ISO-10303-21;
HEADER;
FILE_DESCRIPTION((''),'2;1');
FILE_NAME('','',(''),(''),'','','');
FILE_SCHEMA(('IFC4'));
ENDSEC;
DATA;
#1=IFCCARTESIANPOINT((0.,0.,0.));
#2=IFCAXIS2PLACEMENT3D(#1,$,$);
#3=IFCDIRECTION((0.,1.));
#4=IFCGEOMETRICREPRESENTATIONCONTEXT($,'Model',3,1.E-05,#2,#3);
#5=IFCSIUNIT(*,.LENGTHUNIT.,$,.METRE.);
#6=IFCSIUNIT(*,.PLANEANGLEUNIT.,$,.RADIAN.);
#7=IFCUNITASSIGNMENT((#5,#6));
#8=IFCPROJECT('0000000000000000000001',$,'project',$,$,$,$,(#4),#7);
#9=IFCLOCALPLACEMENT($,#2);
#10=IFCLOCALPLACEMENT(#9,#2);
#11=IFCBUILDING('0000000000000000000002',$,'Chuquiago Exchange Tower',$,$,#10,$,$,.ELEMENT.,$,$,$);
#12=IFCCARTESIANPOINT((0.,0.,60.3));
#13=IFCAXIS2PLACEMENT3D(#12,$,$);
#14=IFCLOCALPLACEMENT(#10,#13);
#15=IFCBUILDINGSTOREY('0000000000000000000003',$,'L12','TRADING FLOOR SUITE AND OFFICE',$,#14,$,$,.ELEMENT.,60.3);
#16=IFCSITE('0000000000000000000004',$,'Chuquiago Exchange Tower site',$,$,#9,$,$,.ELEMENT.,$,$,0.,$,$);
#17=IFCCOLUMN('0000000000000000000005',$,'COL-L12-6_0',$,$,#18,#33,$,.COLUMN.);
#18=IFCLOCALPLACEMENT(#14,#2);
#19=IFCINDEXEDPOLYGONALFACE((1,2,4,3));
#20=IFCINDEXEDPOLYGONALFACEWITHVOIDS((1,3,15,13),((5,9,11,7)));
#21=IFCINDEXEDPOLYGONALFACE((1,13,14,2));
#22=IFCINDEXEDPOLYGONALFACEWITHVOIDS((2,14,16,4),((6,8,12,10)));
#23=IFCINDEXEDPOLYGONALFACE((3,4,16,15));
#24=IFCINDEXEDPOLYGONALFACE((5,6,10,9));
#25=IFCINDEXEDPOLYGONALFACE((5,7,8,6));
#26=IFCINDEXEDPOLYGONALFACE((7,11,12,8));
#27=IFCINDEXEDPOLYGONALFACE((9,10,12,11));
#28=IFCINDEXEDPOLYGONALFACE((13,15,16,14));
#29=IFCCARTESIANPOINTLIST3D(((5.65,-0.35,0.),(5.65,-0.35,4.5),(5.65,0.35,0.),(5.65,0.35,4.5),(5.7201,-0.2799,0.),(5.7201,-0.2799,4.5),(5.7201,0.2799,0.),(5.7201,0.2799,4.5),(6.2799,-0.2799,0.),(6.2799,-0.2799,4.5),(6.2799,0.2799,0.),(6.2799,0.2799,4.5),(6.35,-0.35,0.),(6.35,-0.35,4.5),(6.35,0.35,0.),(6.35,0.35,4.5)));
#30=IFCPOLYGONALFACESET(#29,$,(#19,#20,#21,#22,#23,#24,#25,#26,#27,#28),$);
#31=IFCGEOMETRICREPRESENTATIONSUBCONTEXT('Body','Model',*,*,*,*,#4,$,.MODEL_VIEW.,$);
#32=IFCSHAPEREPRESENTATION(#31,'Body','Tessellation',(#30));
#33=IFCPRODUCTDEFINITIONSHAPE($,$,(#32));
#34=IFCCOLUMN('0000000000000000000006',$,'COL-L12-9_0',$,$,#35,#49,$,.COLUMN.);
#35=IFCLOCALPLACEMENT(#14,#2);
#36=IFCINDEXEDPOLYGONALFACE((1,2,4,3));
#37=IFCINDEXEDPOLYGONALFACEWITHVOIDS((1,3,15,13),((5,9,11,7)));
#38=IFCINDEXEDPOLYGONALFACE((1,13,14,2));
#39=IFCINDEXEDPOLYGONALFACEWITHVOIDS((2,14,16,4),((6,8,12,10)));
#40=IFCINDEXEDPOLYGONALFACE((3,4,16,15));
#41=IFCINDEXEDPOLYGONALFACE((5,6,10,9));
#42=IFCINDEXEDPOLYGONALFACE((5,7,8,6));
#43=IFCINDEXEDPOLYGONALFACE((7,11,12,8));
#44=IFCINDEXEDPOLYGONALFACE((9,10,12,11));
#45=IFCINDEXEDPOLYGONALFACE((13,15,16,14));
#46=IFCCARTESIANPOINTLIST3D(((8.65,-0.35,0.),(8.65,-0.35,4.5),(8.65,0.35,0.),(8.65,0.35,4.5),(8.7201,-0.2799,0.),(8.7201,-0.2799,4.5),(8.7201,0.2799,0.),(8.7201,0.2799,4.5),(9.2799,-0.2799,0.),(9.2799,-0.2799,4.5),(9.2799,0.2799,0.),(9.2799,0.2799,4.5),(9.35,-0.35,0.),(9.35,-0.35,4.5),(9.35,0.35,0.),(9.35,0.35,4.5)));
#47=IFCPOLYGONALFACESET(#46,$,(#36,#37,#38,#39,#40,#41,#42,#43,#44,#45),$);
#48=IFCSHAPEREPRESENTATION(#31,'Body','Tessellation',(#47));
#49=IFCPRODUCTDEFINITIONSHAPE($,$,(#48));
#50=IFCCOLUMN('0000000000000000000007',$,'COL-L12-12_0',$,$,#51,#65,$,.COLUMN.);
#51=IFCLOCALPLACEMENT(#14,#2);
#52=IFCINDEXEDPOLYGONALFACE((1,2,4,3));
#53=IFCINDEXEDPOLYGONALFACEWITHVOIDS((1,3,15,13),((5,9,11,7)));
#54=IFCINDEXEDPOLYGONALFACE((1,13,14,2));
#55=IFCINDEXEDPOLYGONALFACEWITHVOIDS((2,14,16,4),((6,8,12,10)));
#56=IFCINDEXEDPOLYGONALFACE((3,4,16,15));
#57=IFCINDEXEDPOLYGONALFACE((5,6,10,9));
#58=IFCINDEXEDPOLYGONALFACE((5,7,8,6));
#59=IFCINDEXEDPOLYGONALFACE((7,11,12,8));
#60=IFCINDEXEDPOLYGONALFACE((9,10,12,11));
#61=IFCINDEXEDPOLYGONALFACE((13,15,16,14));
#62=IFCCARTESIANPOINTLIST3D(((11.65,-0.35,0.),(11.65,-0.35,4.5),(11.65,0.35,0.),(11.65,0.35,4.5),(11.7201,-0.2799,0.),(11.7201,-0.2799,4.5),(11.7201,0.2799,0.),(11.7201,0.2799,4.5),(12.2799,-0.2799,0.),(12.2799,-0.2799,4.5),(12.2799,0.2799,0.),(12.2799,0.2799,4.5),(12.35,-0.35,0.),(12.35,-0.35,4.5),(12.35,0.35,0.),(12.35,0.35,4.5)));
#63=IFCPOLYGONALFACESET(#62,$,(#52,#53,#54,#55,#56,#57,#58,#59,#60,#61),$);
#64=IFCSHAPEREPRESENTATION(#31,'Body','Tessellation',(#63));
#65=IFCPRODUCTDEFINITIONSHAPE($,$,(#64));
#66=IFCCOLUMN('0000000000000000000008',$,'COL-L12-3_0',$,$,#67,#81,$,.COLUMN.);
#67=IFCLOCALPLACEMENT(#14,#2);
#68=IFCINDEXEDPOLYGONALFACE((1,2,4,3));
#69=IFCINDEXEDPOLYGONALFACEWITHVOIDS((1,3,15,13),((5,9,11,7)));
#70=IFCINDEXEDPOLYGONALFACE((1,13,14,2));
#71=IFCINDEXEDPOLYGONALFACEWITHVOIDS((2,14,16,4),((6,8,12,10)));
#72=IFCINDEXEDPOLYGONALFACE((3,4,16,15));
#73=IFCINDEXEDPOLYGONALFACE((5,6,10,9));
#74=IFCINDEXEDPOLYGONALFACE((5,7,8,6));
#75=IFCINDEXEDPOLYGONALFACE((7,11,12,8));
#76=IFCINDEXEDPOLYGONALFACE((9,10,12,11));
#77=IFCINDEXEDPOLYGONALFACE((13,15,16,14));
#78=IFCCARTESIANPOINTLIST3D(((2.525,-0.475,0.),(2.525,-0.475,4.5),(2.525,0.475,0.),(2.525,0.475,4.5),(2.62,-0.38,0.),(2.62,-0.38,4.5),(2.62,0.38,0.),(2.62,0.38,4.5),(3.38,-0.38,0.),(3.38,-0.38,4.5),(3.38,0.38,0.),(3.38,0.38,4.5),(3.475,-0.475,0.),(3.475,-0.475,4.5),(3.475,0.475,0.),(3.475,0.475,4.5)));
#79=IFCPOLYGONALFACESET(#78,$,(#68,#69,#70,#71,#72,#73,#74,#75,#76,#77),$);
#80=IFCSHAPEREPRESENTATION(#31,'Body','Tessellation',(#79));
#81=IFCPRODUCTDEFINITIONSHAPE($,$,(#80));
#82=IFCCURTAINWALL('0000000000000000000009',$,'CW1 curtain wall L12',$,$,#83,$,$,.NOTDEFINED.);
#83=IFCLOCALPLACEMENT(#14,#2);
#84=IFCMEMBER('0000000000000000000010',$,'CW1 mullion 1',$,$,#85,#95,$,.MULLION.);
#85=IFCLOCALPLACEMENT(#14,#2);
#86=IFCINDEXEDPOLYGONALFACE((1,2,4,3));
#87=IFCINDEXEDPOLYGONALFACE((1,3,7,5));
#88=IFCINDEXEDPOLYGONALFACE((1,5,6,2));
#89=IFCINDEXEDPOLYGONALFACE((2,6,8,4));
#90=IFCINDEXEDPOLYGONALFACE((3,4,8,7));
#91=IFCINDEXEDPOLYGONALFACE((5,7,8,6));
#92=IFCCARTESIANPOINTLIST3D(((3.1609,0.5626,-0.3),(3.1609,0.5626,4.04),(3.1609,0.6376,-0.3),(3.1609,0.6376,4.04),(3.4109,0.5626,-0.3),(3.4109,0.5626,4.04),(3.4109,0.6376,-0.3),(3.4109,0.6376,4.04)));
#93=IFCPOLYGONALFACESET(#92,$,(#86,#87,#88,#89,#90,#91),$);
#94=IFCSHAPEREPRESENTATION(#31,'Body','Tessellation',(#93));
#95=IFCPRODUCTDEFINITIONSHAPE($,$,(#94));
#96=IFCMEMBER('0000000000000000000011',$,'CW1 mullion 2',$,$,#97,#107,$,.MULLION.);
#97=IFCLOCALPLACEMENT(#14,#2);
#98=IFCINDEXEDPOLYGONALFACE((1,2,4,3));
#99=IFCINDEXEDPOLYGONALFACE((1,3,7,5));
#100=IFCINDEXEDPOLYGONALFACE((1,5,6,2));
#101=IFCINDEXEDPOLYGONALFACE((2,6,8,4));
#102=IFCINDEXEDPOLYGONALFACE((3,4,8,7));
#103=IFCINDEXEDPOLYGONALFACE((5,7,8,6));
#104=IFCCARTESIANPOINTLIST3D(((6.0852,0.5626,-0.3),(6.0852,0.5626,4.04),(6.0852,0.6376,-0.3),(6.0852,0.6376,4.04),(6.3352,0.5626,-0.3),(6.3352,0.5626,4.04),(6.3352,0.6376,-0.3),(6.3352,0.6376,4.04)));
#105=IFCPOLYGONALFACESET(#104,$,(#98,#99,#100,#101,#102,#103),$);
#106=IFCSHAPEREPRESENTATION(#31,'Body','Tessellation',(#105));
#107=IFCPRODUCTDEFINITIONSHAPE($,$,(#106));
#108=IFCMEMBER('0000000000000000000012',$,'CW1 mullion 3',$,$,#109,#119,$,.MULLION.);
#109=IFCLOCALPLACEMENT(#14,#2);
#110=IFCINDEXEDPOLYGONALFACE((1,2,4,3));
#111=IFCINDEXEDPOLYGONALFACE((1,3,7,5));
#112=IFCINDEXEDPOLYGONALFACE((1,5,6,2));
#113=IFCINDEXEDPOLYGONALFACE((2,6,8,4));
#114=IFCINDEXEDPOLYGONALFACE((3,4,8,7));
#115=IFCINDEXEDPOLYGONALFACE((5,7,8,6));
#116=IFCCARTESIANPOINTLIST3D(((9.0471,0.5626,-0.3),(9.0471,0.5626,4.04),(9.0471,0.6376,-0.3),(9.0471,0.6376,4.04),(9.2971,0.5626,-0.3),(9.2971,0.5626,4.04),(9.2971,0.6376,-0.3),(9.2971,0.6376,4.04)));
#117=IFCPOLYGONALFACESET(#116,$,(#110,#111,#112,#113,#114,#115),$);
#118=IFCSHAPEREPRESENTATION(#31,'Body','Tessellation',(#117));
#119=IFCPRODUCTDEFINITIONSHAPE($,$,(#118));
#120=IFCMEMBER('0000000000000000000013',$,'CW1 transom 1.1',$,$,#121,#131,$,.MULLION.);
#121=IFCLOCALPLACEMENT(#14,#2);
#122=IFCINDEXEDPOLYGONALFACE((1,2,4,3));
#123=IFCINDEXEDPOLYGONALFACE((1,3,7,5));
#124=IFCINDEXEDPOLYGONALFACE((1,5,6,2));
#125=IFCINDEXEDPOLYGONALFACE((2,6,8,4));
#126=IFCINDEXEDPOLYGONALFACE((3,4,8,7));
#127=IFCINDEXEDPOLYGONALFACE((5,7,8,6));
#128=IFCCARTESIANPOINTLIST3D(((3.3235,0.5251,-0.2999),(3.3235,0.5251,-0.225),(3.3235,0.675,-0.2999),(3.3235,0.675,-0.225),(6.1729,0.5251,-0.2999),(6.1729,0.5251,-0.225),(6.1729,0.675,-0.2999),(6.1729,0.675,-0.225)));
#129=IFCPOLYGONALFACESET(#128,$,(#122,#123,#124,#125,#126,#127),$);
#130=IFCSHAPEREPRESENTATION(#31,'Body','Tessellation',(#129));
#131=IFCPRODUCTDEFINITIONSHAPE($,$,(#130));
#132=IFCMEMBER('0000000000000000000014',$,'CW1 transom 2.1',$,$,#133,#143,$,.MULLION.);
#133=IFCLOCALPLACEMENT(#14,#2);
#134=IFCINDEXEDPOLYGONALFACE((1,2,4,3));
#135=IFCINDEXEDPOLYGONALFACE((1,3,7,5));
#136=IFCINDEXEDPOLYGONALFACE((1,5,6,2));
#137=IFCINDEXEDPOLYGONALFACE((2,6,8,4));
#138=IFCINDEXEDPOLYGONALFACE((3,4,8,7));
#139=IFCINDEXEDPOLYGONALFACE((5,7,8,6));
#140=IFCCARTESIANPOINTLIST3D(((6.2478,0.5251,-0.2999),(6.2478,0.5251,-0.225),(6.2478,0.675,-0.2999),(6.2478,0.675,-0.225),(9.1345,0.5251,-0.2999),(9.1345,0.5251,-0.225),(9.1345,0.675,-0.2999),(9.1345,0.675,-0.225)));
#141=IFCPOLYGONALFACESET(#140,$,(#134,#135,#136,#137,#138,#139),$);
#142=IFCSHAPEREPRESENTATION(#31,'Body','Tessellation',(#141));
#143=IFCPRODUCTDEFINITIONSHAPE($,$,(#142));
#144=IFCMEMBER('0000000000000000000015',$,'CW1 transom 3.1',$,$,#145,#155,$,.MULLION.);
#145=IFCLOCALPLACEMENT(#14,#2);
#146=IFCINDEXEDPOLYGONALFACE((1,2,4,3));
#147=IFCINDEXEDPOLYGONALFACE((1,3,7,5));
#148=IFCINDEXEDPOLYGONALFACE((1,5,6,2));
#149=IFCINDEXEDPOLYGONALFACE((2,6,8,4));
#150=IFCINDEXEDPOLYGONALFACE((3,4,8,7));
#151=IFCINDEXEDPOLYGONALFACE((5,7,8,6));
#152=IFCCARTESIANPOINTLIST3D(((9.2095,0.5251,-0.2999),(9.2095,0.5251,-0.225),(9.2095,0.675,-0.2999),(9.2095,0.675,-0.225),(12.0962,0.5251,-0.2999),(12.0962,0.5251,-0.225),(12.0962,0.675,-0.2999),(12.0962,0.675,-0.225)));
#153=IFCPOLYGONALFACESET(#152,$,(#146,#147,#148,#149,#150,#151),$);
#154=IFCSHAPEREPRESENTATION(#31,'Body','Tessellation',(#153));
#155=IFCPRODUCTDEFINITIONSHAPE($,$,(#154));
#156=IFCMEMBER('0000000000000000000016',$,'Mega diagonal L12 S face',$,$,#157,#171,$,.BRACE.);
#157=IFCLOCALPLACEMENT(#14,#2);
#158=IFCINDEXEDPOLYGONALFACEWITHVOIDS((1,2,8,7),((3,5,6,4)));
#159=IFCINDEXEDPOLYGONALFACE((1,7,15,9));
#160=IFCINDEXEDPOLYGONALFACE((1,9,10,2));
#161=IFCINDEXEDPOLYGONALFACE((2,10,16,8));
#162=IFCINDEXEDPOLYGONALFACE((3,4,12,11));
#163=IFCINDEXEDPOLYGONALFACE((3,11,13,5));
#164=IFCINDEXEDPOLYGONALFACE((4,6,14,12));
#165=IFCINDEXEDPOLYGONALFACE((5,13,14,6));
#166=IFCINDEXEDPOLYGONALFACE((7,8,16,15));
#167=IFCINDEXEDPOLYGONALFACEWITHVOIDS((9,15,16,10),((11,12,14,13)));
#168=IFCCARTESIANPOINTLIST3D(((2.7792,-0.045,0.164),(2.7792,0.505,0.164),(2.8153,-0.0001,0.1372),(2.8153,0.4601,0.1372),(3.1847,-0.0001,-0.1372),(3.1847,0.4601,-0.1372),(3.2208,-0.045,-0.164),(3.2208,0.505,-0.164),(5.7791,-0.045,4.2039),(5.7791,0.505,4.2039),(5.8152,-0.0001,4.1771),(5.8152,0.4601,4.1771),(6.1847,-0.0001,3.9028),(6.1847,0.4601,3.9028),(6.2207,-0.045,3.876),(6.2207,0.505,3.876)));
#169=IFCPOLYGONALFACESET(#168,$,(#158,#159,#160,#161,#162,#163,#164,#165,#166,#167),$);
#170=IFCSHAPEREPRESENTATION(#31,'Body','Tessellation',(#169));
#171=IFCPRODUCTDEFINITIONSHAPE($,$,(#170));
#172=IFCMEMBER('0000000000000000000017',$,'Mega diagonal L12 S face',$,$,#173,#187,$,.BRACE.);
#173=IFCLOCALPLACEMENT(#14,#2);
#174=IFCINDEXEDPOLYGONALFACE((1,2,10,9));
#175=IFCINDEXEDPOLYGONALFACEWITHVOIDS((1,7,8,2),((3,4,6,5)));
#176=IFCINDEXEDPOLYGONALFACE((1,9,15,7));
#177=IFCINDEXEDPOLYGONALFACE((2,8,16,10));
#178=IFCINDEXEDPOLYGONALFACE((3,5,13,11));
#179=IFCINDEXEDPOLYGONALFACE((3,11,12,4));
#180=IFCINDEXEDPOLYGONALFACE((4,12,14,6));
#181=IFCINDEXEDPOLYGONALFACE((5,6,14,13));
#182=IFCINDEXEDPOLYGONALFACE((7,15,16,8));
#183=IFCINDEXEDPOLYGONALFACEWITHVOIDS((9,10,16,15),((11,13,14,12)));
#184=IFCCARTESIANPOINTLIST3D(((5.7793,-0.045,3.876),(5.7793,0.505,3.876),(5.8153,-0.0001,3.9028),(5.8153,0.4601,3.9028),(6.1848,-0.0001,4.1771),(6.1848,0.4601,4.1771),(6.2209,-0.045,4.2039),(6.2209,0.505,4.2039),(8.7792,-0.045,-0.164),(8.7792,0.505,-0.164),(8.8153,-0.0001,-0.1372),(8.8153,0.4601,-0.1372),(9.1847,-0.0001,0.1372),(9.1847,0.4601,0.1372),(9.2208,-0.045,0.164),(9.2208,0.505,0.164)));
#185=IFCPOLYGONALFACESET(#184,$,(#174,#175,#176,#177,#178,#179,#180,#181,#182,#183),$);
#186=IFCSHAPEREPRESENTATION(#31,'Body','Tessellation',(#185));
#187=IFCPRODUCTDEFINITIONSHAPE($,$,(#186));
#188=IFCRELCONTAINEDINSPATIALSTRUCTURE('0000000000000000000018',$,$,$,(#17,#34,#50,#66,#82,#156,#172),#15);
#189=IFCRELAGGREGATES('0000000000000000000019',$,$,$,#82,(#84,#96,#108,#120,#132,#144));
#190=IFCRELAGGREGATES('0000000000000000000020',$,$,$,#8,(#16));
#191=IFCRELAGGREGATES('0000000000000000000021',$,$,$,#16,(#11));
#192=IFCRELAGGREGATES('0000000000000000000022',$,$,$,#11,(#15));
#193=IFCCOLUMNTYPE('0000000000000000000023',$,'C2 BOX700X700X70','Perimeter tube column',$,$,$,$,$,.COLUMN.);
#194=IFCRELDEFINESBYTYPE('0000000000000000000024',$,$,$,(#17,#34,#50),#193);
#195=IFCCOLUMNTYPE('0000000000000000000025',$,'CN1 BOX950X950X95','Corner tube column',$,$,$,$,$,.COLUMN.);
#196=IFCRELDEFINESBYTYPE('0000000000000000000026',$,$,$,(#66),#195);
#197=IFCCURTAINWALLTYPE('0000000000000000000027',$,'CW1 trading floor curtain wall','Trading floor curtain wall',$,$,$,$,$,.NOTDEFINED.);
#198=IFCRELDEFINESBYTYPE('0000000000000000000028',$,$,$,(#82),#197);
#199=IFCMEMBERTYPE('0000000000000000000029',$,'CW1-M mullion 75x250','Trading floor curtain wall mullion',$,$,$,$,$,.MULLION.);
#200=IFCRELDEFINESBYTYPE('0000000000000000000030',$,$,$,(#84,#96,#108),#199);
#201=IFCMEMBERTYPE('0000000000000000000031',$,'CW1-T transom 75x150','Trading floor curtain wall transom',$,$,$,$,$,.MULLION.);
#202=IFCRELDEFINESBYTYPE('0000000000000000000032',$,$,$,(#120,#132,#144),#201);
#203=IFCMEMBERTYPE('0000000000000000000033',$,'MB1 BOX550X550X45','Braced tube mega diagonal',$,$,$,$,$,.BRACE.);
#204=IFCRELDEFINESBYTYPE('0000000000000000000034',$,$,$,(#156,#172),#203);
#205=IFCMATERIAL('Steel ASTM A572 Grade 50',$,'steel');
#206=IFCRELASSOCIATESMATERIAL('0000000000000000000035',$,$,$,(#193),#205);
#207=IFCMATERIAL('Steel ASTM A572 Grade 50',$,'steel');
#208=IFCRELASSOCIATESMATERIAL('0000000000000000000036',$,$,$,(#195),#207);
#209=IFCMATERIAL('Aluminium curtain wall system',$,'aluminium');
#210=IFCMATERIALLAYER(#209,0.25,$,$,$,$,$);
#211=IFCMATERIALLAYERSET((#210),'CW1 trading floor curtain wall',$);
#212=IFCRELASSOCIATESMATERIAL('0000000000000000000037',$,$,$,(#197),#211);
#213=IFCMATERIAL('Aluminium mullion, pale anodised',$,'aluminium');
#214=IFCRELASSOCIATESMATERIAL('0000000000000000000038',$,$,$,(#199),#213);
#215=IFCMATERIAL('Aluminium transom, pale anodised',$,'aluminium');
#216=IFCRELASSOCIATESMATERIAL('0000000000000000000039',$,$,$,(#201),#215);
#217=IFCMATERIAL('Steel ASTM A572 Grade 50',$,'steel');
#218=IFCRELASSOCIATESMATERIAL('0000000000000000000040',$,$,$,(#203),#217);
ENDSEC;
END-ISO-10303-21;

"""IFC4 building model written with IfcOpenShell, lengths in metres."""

from ifc_helpers import new_model, si_unit, direction, frame, origin, origin_2d, place, context, subcontext, project, spatial, rectangle, hollow_rectangle, extrude, material, layer, layer_set, material_profile, profile_set, type_object, element, aggregate, save


model = new_model("IFC4")

# Units and contexts
model_context = context("Model", 3, precision=1e-05, world=origin(), true_north=direction((0.0, 1.0)))
body_context = subcontext(model_context, "Body", "Model", "MODEL_VIEW")
ifc_project = project(units=[si_unit("LENGTHUNIT", "METRE"), si_unit("PLANEANGLEUNIT", "RADIAN")], contexts=[model_context])

# Site, building, storey
site_placement = place(None, origin())
site = spatial("IfcSite", under=ifc_project, at=site_placement, Name="Chuquiago Exchange Tower site", CompositionType="ELEMENT", RefElevation=0.0)
building_placement = place(site_placement, origin())
building = spatial("IfcBuilding", under=site, at=building_placement, Name="Chuquiago Exchange Tower", CompositionType="ELEMENT")
storey_placement = place(building_placement, frame((0.0, 0.0, 60.3)))
storey = spatial("IfcBuildingStorey", under=building, at=storey_placement, Name="L12", Description="TRADING FLOOR SUITE AND OFFICE", CompositionType="ELEMENT", Elevation=60.3)

# Columns
ifc_material_1 = material(Name="Steel ASTM A572 Grade 50", Category="steel")
ifc_material_profile_1 = material_profile(ifc_material_1, hollow_rectangle(XDim=0.7, YDim=0.7, WallThickness=0.0701, at=origin_2d()), Name="BOX700X700X70")
ifc_profile_set_1 = profile_set([ifc_material_profile_1], Name="Steel ASTM A572 Grade 50")
column_type_1 = type_object("IfcColumnType", Name="C2 BOX700X700X70", Description="Perimeter tube column", PredefinedType="COLUMN", material=ifc_profile_set_1)
for number, where, z_axis, x_axis, name in (
    (1, (6.0, 0.0, 0.0), (0.0, 0.0, 1.0), (0.0, -1.0, 0.0), "COL-L12-6_0"),
    (2, (9.0, 0.0, 0.0), (0.0, 0.0, 1.0), (0.0, -1.0, 0.0), "COL-L12-9_0"),
    (3, (12.0, 0.0, 0.0), (0.0, 0.0, 1.0), (0.0, -1.0, 0.0), "COL-L12-12_0"),
):
    element("IfcColumn", number, at=place(storey_placement, frame(where, z_axis=z_axis, x_axis=x_axis)), inside=storey, type_object=column_type_1, Name=name, PredefinedType="COLUMN", context=body_context, shape_type="SweptSolid", body=[
        extrude(hollow_rectangle(XDim=0.7, YDim=0.7, WallThickness=0.0701, at=origin_2d()), origin(), (0.0, 0.0, 1.0), 4.5),
    ])
ifc_material_2 = material(Name="Steel ASTM A572 Grade 50", Category="steel")
ifc_material_profile_2 = material_profile(ifc_material_2, hollow_rectangle(XDim=0.95, YDim=0.95, WallThickness=0.095, at=origin_2d()), Name="BOX950X950X95")
ifc_profile_set_2 = profile_set([ifc_material_profile_2], Name="Steel ASTM A572 Grade 50")
column_type_2 = type_object("IfcColumnType", Name="CN1 BOX950X950X95", Description="Corner tube column", PredefinedType="COLUMN", material=ifc_profile_set_2)
column_placement = place(storey_placement, frame((3.0, 0.0, 0.0), z_axis=(0.0, 0.0, 1.0), x_axis=(0.0, -1.0, 0.0)))
element("IfcColumn", 4, at=column_placement, inside=storey, type_object=column_type_2, Name="COL-L12-3_0", PredefinedType="COLUMN", context=body_context, shape_type="SweptSolid", body=[
    extrude(hollow_rectangle(XDim=0.95, YDim=0.95, WallThickness=0.095, at=origin_2d()), origin(), (0.0, 0.0, 1.0), 4.5),
])

# Curtain wall, members
ifc_material_3 = material(Name="Aluminium curtain wall system", Category="aluminium")
ifc_layer_1 = layer(ifc_material_3, 0.25)
ifc_layer_set_1 = layer_set([ifc_layer_1], Name="CW1 trading floor curtain wall")
curtain_wall_type = type_object("IfcCurtainWallType", Name="CW1 trading floor curtain wall", Description="Trading floor curtain wall", PredefinedType="NOTDEFINED", material=ifc_layer_set_1)
curtain_wall_placement = place(storey_placement, origin())
curtain_wall = element("IfcCurtainWall", 5, at=curtain_wall_placement, inside=storey, type_object=curtain_wall_type, Name="CW1 curtain wall L12", PredefinedType="NOTDEFINED")
ifc_material_4 = material(Name="Aluminium mullion, pale anodised", Category="aluminium")
ifc_material_profile_3 = material_profile(ifc_material_4, rectangle(XDim=0.075, YDim=0.25, at=origin_2d()), Name="AL 75x250")
ifc_profile_set_3 = profile_set([ifc_material_profile_3], Name="Aluminium mullion, pale anodised")
member_type_1 = type_object("IfcMemberType", Name="CW1-M mullion 75x250", Description="Trading floor curtain wall mullion", PredefinedType="MULLION", material=ifc_profile_set_3)
member_1_placement = place(storey_placement, frame((3.2859, 0.6001, -0.3), z_axis=(0.0, 0.0, 1.0), x_axis=(0.0, 1.0, 0.0)))
member_1 = element("IfcMember", 6, at=member_1_placement, type_object=member_type_1, Name="CW1 mullion 1", PredefinedType="MULLION", context=body_context, shape_type="SweptSolid", body=[
    extrude(rectangle(XDim=0.075, YDim=0.25, at=origin_2d()), origin(), (0.0, 0.0, 1.0), 4.3401),
])
member_2_placement = place(storey_placement, frame((6.2102, 0.6001, -0.3), z_axis=(0.0, 0.0, 1.0), x_axis=(0.0, 1.0, 0.0)))
member_2 = element("IfcMember", 7, at=member_2_placement, type_object=member_type_1, Name="CW1 mullion 2", PredefinedType="MULLION", context=body_context, shape_type="SweptSolid", body=[
    extrude(rectangle(XDim=0.075, YDim=0.25, at=origin_2d()), origin(), (0.0, 0.0, 1.0), 4.3401),
])
member_3_placement = place(storey_placement, frame((9.1721, 0.6001, -0.3), z_axis=(0.0, 0.0, 1.0), x_axis=(0.0, 1.0, 0.0)))
member_3 = element("IfcMember", 8, at=member_3_placement, type_object=member_type_1, Name="CW1 mullion 3", PredefinedType="MULLION", context=body_context, shape_type="SweptSolid", body=[
    extrude(rectangle(XDim=0.075, YDim=0.25, at=origin_2d()), origin(), (0.0, 0.0, 1.0), 4.3401),
])
ifc_material_5 = material(Name="Aluminium transom, pale anodised", Category="aluminium")
ifc_material_profile_4 = material_profile(ifc_material_5, rectangle(XDim=0.1499, YDim=0.075, at=origin_2d()), Name="AL 150x75")
ifc_profile_set_4 = profile_set([ifc_material_profile_4], Name="Aluminium transom, pale anodised")
member_type_2 = type_object("IfcMemberType", Name="CW1-T transom 75x150", Description="Trading floor curtain wall transom", PredefinedType="MULLION", material=ifc_profile_set_4)
member_4_placement = place(storey_placement, frame((3.3235, 0.6001, -0.2625), z_axis=(1.0, 0.0, 0.0), x_axis=(0.0, 1.0, 0.0)))
member_4 = element("IfcMember", 9, at=member_4_placement, type_object=member_type_2, Name="CW1 transom 1.1", PredefinedType="MULLION", context=body_context, shape_type="SweptSolid", body=[
    extrude(rectangle(XDim=0.1499, YDim=0.075, at=origin_2d()), origin(), (0.0, 0.0, 1.0), 2.8494),
])
member_5_placement = place(storey_placement, frame((6.2478, 0.6001, -0.2625), z_axis=(1.0, 0.0, 0.0), x_axis=(0.0, 1.0, 0.0)))
member_5 = element("IfcMember", 10, at=member_5_placement, type_object=member_type_2, Name="CW1 transom 2.1", PredefinedType="MULLION", context=body_context, shape_type="SweptSolid", body=[
    extrude(rectangle(XDim=0.1499, YDim=0.075, at=origin_2d()), origin(), (0.0, 0.0, 1.0), 2.8867),
])
member_6_placement = place(storey_placement, frame((9.2095, 0.6001, -0.2625), z_axis=(1.0, 0.0, 0.0), x_axis=(0.0, 1.0, 0.0)))
member_6 = element("IfcMember", 11, at=member_6_placement, type_object=member_type_2, Name="CW1 transom 3.1", PredefinedType="MULLION", context=body_context, shape_type="SweptSolid", body=[
    extrude(rectangle(XDim=0.1499, YDim=0.075, at=origin_2d()), origin(), (0.0, 0.0, 1.0), 2.8867),
])

# Members
ifc_material_6 = material(Name="Steel ASTM A572 Grade 50", Category="steel")
ifc_material_profile_5 = material_profile(ifc_material_6, hollow_rectangle(XDim=0.55, YDim=0.55, WallThickness=0.0449, at=origin_2d()), Name="BOX550X550X45")
ifc_profile_set_5 = profile_set([ifc_material_profile_5], Name="Steel ASTM A572 Grade 50")
member_type_3 = type_object("IfcMemberType", Name="MB1 BOX550X550X45", Description="Braced tube mega diagonal", PredefinedType="BRACE", material=ifc_profile_set_5)
for number, where, z_axis, x_axis, name in (
    (12, (3.0, 0.23, 0.0), (0.596174, 0.0, 0.802855), (0.0, 1.0, 0.0), "Mega diagonal L12 S face"),
    (13, (9.0, 0.23, 0.0), (-0.596174, 0.0, 0.802855), (0.0, -1.0, 0.0), "Mega diagonal L12 S face"),
):
    element("IfcMember", number, at=place(storey_placement, frame(where, z_axis=z_axis, x_axis=x_axis)), inside=storey, type_object=member_type_3, Name=name, PredefinedType="BRACE", context=body_context, shape_type="SweptSolid", body=[
        extrude(hollow_rectangle(XDim=0.55, YDim=0.55, WallThickness=0.0449, at=origin_2d()), origin(), (0.0, 0.0, 1.0), 5.032),
    ])

aggregate(curtain_wall, [member_1, member_2, member_3, member_4, member_5, member_6])

save(model, "model.ifc")
